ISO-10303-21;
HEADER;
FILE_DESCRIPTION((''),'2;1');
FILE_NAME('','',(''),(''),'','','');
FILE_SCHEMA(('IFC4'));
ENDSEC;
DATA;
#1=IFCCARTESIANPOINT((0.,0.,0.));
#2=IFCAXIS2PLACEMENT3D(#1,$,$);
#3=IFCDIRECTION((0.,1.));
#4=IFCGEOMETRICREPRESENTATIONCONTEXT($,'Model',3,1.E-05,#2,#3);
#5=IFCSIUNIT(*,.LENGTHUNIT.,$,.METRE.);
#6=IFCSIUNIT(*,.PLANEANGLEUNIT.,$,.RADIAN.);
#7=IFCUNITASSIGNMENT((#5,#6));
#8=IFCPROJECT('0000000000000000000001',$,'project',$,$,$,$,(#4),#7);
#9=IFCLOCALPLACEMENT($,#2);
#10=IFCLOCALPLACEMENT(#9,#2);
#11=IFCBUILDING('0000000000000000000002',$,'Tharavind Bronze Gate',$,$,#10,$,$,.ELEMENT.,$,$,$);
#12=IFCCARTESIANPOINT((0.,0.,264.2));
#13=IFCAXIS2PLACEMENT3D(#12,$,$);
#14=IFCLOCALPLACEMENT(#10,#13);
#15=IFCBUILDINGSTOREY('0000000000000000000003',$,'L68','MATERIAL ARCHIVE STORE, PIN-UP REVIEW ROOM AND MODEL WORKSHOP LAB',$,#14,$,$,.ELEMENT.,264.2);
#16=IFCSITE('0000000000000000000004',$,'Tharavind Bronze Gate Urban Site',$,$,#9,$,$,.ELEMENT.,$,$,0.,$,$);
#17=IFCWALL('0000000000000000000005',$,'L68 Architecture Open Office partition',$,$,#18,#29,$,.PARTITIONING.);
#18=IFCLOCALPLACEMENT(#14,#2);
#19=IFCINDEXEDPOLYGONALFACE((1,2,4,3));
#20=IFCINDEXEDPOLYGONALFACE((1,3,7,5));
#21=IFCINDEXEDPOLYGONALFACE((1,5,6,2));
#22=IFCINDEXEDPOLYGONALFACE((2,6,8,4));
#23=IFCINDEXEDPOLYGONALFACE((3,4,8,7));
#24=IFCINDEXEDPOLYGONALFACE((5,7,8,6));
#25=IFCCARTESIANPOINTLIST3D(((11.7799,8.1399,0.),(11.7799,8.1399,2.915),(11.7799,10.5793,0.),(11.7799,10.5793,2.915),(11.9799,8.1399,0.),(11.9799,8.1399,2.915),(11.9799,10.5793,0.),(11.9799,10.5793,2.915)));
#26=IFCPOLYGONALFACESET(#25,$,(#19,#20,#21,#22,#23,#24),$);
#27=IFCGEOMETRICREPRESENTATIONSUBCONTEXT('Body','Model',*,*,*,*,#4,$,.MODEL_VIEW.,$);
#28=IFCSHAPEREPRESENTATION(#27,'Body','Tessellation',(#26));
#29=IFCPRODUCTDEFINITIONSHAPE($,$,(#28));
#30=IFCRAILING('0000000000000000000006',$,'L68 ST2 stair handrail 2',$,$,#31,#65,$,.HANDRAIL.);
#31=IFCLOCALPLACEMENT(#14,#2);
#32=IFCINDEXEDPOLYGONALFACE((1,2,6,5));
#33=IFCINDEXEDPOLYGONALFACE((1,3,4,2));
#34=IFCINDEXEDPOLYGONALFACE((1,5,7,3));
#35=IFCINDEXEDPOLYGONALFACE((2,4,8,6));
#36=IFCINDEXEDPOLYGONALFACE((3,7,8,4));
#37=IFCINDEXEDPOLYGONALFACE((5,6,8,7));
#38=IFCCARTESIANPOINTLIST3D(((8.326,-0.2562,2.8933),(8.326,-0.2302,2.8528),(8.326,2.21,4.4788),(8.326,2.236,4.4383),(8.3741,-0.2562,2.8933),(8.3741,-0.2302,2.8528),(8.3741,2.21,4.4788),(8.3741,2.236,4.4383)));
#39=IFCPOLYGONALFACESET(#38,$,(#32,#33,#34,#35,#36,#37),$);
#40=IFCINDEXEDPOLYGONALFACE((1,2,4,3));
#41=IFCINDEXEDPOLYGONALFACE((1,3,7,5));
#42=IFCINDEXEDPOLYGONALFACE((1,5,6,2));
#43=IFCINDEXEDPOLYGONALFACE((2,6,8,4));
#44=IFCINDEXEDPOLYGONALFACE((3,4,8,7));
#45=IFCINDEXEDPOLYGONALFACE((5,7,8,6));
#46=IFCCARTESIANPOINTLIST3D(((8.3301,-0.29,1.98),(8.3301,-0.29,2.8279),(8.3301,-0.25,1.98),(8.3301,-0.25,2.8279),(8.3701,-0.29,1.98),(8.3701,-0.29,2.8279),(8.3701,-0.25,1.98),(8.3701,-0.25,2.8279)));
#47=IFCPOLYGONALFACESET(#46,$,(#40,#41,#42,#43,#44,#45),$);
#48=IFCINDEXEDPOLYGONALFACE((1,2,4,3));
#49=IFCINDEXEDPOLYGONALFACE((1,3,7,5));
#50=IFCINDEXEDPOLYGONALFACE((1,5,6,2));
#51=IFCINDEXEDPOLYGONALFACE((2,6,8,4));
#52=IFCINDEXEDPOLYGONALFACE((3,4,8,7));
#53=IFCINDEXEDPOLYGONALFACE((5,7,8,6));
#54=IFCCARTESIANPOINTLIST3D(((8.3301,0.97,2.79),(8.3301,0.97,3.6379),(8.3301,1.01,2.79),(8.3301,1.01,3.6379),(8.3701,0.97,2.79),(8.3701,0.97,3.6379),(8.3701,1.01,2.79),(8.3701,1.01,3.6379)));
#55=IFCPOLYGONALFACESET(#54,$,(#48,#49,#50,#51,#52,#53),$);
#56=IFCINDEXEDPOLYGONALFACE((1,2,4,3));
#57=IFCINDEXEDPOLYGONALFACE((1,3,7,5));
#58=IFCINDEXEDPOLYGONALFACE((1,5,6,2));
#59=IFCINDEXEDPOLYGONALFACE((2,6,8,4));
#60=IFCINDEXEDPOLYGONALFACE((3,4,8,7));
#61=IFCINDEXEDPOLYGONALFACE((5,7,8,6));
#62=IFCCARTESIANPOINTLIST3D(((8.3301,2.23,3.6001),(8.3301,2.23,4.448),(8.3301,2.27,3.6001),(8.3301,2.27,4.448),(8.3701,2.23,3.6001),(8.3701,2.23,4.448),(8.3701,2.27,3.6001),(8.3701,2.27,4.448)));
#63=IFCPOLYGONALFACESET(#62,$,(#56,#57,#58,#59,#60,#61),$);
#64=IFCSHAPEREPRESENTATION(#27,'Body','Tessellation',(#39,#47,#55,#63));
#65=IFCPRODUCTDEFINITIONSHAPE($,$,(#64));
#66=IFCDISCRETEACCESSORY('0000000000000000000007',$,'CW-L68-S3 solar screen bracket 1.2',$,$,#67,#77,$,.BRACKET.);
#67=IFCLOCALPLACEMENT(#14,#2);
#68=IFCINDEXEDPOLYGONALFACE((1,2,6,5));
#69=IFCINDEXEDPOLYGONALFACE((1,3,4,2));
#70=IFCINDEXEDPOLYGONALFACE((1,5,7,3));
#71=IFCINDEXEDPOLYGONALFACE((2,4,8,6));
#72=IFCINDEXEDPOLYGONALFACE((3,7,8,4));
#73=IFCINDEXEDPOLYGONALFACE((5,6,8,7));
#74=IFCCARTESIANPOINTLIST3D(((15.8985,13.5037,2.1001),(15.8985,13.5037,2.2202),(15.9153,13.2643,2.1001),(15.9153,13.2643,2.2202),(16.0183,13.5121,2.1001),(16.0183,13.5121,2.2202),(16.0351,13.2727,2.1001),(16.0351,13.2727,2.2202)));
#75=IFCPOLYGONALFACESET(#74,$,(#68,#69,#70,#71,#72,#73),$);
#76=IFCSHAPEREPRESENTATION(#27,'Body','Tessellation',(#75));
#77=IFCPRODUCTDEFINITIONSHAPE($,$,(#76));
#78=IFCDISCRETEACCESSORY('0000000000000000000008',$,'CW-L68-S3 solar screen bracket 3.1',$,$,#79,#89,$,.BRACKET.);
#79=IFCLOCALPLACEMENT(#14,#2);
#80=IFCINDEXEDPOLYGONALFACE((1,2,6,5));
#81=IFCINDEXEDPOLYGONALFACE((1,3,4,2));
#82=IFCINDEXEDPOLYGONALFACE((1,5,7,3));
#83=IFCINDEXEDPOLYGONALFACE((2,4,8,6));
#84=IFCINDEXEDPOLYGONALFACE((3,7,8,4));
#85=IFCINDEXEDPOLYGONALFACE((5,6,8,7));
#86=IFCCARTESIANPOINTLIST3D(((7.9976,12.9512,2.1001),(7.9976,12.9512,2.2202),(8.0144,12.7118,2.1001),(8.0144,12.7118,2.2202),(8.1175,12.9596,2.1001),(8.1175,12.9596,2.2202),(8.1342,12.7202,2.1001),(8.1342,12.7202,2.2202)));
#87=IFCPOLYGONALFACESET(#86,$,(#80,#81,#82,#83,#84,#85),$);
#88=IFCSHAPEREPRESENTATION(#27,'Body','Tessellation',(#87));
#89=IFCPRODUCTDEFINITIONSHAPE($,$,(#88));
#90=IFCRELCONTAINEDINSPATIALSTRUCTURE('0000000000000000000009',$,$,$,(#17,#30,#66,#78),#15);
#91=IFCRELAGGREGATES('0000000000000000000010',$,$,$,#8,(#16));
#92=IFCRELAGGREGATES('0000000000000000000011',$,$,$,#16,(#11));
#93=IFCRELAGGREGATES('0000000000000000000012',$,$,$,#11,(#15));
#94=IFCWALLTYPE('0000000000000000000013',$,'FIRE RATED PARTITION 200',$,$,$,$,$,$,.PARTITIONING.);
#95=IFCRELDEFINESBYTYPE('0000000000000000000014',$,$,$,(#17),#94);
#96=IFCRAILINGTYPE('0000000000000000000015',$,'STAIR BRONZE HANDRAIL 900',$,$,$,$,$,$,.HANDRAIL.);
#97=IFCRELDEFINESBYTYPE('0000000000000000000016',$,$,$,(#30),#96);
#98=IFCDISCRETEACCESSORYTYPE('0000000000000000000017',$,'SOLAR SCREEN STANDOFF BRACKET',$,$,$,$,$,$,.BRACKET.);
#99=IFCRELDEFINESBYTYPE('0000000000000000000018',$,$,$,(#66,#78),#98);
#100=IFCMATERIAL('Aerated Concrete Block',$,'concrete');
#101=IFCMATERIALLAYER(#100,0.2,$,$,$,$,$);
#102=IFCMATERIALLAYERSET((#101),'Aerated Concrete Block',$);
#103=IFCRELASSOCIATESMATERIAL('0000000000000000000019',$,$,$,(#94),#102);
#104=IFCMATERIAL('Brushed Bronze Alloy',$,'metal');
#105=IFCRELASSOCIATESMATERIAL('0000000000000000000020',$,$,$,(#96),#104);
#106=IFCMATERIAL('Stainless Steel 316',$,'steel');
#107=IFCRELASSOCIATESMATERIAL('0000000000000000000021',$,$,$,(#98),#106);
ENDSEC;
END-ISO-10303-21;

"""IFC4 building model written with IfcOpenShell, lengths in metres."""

from ifc_helpers import new_model, si_unit, direction, frame, frame_2d, origin, origin_2d, place, context, subcontext, project, spatial, rectangle, extrude, material, layer, layer_set, type_object, element, save


model = new_model("IFC4")

# Units and contexts
model_context = context("Model", 3, precision=1e-05, world=origin(), true_north=direction((0.0, 1.0)))
body_context = subcontext(model_context, "Body", "Model", "MODEL_VIEW")
ifc_project = project(units=[si_unit("LENGTHUNIT", "METRE"), si_unit("PLANEANGLEUNIT", "RADIAN")], contexts=[model_context])

# Site, building, storey
site_placement = place(None, origin())
site = spatial("IfcSite", under=ifc_project, at=site_placement, Name="Tharavind Bronze Gate Urban Site", CompositionType="ELEMENT", RefElevation=0.0)
building_placement = place(site_placement, origin())
building = spatial("IfcBuilding", under=site, at=building_placement, Name="Tharavind Bronze Gate", CompositionType="ELEMENT")
storey_placement = place(building_placement, frame((0.0, 0.0, 264.2)))
storey = spatial("IfcBuildingStorey", under=building, at=storey_placement, Name="L68", Description="MATERIAL ARCHIVE STORE, PIN-UP REVIEW ROOM AND MODEL WORKSHOP LAB", CompositionType="ELEMENT", Elevation=264.2)

# Shared definitions
ifc_material_1 = material(Name="Aerated Concrete Block", Category="concrete")
ifc_layer_1 = layer(ifc_material_1, 0.2)
ifc_layer_set_1 = layer_set([ifc_layer_1], Name="Aerated Concrete Block")
wall_type = type_object("IfcWallType", Name="FIRE RATED PARTITION 200", PredefinedType="PARTITIONING", material=ifc_layer_set_1)

# Wall
wall_1_placement = place(storey_placement, frame((11.8799, 8.1399, 0.0), z_axis=(0.0, 0.0, 1.0), x_axis=(0.0, 1.0, 0.0)))
element("IfcWall", 1, at=wall_1_placement, inside=storey, type_object=wall_type, Name="L68 Architecture Open Office partition", PredefinedType="PARTITIONING", context=body_context, shape_type="SweptSolid", body=[
    extrude(rectangle(XDim=2.4395, YDim=0.2, at=frame_2d((1.2197, 0.0))), origin(), (0.0, 0.0, 1.0), 2.915),
])

# Railing
ifc_material_2 = material(Name="Brushed Bronze Alloy", Category="metal")
railing_type = type_object("IfcRailingType", Name="STAIR BRONZE HANDRAIL 900", PredefinedType="HANDRAIL", material=ifc_material_2)
railing_placement = place(storey_placement, frame((8.3501, -0.27, 1.98)))
element("IfcRailing", 2, at=railing_placement, inside=storey, type_object=railing_type, Name="L68 ST2 stair handrail 2", PredefinedType="HANDRAIL", context=body_context, shape_type="SweptSolid", body=[
    extrude(rectangle(XDim=0.0481, YDim=0.0481, at=origin_2d()), frame((0.0, 0.0269, 0.8931), z_axis=(0.0, 0.841163, 0.540782), x_axis=(-1.0, 0.0, 0.0)), (0.0, 0.0, 1.0), 2.9319),
    extrude(rectangle(XDim=0.04, YDim=0.04, at=origin_2d()), origin(), (0.0, 0.0, 1.0), 0.8479),
    extrude(rectangle(XDim=0.04, YDim=0.04, at=origin_2d()), frame((0.0, 1.26, 0.8101)), (0.0, 0.0, 1.0), 0.8479),
    extrude(rectangle(XDim=0.04, YDim=0.04, at=origin_2d()), frame((0.0, 2.52, 1.6201)), (0.0, 0.0, 1.0), 0.8479),
])

# Discrete accessories
ifc_material_3 = material(Name="Stainless Steel 316", Category="steel")
discrete_accessory_type = type_object("IfcDiscreteAccessoryType", Name="SOLAR SCREEN STANDOFF BRACKET", PredefinedType="BRACKET", material=ifc_material_3)
for number, where, z_axis, x_axis, name in (
    (3, (15.9668, 13.3882, 2.1001), (0.0, 0.0, 1.0), (-0.997564, -0.06976, 0.0), "CW-L68-S3 solar screen bracket 1.2"),
    (4, (8.0659, 12.8357, 2.1001), (0.0, 0.0, 1.0), (-0.997564, -0.06976, 0.0), "CW-L68-S3 solar screen bracket 3.1"),
):
    element("IfcDiscreteAccessory", number, at=place(storey_placement, frame(where, z_axis=z_axis, x_axis=x_axis)), inside=storey, type_object=discrete_accessory_type, Name=name, PredefinedType="BRACKET", context=body_context, shape_type="SweptSolid", body=[
        extrude(rectangle(XDim=0.1201, YDim=0.24, at=origin_2d()), origin(), (0.0, 0.0, 1.0), 0.1201),
    ])

save(model, "model.ifc")
